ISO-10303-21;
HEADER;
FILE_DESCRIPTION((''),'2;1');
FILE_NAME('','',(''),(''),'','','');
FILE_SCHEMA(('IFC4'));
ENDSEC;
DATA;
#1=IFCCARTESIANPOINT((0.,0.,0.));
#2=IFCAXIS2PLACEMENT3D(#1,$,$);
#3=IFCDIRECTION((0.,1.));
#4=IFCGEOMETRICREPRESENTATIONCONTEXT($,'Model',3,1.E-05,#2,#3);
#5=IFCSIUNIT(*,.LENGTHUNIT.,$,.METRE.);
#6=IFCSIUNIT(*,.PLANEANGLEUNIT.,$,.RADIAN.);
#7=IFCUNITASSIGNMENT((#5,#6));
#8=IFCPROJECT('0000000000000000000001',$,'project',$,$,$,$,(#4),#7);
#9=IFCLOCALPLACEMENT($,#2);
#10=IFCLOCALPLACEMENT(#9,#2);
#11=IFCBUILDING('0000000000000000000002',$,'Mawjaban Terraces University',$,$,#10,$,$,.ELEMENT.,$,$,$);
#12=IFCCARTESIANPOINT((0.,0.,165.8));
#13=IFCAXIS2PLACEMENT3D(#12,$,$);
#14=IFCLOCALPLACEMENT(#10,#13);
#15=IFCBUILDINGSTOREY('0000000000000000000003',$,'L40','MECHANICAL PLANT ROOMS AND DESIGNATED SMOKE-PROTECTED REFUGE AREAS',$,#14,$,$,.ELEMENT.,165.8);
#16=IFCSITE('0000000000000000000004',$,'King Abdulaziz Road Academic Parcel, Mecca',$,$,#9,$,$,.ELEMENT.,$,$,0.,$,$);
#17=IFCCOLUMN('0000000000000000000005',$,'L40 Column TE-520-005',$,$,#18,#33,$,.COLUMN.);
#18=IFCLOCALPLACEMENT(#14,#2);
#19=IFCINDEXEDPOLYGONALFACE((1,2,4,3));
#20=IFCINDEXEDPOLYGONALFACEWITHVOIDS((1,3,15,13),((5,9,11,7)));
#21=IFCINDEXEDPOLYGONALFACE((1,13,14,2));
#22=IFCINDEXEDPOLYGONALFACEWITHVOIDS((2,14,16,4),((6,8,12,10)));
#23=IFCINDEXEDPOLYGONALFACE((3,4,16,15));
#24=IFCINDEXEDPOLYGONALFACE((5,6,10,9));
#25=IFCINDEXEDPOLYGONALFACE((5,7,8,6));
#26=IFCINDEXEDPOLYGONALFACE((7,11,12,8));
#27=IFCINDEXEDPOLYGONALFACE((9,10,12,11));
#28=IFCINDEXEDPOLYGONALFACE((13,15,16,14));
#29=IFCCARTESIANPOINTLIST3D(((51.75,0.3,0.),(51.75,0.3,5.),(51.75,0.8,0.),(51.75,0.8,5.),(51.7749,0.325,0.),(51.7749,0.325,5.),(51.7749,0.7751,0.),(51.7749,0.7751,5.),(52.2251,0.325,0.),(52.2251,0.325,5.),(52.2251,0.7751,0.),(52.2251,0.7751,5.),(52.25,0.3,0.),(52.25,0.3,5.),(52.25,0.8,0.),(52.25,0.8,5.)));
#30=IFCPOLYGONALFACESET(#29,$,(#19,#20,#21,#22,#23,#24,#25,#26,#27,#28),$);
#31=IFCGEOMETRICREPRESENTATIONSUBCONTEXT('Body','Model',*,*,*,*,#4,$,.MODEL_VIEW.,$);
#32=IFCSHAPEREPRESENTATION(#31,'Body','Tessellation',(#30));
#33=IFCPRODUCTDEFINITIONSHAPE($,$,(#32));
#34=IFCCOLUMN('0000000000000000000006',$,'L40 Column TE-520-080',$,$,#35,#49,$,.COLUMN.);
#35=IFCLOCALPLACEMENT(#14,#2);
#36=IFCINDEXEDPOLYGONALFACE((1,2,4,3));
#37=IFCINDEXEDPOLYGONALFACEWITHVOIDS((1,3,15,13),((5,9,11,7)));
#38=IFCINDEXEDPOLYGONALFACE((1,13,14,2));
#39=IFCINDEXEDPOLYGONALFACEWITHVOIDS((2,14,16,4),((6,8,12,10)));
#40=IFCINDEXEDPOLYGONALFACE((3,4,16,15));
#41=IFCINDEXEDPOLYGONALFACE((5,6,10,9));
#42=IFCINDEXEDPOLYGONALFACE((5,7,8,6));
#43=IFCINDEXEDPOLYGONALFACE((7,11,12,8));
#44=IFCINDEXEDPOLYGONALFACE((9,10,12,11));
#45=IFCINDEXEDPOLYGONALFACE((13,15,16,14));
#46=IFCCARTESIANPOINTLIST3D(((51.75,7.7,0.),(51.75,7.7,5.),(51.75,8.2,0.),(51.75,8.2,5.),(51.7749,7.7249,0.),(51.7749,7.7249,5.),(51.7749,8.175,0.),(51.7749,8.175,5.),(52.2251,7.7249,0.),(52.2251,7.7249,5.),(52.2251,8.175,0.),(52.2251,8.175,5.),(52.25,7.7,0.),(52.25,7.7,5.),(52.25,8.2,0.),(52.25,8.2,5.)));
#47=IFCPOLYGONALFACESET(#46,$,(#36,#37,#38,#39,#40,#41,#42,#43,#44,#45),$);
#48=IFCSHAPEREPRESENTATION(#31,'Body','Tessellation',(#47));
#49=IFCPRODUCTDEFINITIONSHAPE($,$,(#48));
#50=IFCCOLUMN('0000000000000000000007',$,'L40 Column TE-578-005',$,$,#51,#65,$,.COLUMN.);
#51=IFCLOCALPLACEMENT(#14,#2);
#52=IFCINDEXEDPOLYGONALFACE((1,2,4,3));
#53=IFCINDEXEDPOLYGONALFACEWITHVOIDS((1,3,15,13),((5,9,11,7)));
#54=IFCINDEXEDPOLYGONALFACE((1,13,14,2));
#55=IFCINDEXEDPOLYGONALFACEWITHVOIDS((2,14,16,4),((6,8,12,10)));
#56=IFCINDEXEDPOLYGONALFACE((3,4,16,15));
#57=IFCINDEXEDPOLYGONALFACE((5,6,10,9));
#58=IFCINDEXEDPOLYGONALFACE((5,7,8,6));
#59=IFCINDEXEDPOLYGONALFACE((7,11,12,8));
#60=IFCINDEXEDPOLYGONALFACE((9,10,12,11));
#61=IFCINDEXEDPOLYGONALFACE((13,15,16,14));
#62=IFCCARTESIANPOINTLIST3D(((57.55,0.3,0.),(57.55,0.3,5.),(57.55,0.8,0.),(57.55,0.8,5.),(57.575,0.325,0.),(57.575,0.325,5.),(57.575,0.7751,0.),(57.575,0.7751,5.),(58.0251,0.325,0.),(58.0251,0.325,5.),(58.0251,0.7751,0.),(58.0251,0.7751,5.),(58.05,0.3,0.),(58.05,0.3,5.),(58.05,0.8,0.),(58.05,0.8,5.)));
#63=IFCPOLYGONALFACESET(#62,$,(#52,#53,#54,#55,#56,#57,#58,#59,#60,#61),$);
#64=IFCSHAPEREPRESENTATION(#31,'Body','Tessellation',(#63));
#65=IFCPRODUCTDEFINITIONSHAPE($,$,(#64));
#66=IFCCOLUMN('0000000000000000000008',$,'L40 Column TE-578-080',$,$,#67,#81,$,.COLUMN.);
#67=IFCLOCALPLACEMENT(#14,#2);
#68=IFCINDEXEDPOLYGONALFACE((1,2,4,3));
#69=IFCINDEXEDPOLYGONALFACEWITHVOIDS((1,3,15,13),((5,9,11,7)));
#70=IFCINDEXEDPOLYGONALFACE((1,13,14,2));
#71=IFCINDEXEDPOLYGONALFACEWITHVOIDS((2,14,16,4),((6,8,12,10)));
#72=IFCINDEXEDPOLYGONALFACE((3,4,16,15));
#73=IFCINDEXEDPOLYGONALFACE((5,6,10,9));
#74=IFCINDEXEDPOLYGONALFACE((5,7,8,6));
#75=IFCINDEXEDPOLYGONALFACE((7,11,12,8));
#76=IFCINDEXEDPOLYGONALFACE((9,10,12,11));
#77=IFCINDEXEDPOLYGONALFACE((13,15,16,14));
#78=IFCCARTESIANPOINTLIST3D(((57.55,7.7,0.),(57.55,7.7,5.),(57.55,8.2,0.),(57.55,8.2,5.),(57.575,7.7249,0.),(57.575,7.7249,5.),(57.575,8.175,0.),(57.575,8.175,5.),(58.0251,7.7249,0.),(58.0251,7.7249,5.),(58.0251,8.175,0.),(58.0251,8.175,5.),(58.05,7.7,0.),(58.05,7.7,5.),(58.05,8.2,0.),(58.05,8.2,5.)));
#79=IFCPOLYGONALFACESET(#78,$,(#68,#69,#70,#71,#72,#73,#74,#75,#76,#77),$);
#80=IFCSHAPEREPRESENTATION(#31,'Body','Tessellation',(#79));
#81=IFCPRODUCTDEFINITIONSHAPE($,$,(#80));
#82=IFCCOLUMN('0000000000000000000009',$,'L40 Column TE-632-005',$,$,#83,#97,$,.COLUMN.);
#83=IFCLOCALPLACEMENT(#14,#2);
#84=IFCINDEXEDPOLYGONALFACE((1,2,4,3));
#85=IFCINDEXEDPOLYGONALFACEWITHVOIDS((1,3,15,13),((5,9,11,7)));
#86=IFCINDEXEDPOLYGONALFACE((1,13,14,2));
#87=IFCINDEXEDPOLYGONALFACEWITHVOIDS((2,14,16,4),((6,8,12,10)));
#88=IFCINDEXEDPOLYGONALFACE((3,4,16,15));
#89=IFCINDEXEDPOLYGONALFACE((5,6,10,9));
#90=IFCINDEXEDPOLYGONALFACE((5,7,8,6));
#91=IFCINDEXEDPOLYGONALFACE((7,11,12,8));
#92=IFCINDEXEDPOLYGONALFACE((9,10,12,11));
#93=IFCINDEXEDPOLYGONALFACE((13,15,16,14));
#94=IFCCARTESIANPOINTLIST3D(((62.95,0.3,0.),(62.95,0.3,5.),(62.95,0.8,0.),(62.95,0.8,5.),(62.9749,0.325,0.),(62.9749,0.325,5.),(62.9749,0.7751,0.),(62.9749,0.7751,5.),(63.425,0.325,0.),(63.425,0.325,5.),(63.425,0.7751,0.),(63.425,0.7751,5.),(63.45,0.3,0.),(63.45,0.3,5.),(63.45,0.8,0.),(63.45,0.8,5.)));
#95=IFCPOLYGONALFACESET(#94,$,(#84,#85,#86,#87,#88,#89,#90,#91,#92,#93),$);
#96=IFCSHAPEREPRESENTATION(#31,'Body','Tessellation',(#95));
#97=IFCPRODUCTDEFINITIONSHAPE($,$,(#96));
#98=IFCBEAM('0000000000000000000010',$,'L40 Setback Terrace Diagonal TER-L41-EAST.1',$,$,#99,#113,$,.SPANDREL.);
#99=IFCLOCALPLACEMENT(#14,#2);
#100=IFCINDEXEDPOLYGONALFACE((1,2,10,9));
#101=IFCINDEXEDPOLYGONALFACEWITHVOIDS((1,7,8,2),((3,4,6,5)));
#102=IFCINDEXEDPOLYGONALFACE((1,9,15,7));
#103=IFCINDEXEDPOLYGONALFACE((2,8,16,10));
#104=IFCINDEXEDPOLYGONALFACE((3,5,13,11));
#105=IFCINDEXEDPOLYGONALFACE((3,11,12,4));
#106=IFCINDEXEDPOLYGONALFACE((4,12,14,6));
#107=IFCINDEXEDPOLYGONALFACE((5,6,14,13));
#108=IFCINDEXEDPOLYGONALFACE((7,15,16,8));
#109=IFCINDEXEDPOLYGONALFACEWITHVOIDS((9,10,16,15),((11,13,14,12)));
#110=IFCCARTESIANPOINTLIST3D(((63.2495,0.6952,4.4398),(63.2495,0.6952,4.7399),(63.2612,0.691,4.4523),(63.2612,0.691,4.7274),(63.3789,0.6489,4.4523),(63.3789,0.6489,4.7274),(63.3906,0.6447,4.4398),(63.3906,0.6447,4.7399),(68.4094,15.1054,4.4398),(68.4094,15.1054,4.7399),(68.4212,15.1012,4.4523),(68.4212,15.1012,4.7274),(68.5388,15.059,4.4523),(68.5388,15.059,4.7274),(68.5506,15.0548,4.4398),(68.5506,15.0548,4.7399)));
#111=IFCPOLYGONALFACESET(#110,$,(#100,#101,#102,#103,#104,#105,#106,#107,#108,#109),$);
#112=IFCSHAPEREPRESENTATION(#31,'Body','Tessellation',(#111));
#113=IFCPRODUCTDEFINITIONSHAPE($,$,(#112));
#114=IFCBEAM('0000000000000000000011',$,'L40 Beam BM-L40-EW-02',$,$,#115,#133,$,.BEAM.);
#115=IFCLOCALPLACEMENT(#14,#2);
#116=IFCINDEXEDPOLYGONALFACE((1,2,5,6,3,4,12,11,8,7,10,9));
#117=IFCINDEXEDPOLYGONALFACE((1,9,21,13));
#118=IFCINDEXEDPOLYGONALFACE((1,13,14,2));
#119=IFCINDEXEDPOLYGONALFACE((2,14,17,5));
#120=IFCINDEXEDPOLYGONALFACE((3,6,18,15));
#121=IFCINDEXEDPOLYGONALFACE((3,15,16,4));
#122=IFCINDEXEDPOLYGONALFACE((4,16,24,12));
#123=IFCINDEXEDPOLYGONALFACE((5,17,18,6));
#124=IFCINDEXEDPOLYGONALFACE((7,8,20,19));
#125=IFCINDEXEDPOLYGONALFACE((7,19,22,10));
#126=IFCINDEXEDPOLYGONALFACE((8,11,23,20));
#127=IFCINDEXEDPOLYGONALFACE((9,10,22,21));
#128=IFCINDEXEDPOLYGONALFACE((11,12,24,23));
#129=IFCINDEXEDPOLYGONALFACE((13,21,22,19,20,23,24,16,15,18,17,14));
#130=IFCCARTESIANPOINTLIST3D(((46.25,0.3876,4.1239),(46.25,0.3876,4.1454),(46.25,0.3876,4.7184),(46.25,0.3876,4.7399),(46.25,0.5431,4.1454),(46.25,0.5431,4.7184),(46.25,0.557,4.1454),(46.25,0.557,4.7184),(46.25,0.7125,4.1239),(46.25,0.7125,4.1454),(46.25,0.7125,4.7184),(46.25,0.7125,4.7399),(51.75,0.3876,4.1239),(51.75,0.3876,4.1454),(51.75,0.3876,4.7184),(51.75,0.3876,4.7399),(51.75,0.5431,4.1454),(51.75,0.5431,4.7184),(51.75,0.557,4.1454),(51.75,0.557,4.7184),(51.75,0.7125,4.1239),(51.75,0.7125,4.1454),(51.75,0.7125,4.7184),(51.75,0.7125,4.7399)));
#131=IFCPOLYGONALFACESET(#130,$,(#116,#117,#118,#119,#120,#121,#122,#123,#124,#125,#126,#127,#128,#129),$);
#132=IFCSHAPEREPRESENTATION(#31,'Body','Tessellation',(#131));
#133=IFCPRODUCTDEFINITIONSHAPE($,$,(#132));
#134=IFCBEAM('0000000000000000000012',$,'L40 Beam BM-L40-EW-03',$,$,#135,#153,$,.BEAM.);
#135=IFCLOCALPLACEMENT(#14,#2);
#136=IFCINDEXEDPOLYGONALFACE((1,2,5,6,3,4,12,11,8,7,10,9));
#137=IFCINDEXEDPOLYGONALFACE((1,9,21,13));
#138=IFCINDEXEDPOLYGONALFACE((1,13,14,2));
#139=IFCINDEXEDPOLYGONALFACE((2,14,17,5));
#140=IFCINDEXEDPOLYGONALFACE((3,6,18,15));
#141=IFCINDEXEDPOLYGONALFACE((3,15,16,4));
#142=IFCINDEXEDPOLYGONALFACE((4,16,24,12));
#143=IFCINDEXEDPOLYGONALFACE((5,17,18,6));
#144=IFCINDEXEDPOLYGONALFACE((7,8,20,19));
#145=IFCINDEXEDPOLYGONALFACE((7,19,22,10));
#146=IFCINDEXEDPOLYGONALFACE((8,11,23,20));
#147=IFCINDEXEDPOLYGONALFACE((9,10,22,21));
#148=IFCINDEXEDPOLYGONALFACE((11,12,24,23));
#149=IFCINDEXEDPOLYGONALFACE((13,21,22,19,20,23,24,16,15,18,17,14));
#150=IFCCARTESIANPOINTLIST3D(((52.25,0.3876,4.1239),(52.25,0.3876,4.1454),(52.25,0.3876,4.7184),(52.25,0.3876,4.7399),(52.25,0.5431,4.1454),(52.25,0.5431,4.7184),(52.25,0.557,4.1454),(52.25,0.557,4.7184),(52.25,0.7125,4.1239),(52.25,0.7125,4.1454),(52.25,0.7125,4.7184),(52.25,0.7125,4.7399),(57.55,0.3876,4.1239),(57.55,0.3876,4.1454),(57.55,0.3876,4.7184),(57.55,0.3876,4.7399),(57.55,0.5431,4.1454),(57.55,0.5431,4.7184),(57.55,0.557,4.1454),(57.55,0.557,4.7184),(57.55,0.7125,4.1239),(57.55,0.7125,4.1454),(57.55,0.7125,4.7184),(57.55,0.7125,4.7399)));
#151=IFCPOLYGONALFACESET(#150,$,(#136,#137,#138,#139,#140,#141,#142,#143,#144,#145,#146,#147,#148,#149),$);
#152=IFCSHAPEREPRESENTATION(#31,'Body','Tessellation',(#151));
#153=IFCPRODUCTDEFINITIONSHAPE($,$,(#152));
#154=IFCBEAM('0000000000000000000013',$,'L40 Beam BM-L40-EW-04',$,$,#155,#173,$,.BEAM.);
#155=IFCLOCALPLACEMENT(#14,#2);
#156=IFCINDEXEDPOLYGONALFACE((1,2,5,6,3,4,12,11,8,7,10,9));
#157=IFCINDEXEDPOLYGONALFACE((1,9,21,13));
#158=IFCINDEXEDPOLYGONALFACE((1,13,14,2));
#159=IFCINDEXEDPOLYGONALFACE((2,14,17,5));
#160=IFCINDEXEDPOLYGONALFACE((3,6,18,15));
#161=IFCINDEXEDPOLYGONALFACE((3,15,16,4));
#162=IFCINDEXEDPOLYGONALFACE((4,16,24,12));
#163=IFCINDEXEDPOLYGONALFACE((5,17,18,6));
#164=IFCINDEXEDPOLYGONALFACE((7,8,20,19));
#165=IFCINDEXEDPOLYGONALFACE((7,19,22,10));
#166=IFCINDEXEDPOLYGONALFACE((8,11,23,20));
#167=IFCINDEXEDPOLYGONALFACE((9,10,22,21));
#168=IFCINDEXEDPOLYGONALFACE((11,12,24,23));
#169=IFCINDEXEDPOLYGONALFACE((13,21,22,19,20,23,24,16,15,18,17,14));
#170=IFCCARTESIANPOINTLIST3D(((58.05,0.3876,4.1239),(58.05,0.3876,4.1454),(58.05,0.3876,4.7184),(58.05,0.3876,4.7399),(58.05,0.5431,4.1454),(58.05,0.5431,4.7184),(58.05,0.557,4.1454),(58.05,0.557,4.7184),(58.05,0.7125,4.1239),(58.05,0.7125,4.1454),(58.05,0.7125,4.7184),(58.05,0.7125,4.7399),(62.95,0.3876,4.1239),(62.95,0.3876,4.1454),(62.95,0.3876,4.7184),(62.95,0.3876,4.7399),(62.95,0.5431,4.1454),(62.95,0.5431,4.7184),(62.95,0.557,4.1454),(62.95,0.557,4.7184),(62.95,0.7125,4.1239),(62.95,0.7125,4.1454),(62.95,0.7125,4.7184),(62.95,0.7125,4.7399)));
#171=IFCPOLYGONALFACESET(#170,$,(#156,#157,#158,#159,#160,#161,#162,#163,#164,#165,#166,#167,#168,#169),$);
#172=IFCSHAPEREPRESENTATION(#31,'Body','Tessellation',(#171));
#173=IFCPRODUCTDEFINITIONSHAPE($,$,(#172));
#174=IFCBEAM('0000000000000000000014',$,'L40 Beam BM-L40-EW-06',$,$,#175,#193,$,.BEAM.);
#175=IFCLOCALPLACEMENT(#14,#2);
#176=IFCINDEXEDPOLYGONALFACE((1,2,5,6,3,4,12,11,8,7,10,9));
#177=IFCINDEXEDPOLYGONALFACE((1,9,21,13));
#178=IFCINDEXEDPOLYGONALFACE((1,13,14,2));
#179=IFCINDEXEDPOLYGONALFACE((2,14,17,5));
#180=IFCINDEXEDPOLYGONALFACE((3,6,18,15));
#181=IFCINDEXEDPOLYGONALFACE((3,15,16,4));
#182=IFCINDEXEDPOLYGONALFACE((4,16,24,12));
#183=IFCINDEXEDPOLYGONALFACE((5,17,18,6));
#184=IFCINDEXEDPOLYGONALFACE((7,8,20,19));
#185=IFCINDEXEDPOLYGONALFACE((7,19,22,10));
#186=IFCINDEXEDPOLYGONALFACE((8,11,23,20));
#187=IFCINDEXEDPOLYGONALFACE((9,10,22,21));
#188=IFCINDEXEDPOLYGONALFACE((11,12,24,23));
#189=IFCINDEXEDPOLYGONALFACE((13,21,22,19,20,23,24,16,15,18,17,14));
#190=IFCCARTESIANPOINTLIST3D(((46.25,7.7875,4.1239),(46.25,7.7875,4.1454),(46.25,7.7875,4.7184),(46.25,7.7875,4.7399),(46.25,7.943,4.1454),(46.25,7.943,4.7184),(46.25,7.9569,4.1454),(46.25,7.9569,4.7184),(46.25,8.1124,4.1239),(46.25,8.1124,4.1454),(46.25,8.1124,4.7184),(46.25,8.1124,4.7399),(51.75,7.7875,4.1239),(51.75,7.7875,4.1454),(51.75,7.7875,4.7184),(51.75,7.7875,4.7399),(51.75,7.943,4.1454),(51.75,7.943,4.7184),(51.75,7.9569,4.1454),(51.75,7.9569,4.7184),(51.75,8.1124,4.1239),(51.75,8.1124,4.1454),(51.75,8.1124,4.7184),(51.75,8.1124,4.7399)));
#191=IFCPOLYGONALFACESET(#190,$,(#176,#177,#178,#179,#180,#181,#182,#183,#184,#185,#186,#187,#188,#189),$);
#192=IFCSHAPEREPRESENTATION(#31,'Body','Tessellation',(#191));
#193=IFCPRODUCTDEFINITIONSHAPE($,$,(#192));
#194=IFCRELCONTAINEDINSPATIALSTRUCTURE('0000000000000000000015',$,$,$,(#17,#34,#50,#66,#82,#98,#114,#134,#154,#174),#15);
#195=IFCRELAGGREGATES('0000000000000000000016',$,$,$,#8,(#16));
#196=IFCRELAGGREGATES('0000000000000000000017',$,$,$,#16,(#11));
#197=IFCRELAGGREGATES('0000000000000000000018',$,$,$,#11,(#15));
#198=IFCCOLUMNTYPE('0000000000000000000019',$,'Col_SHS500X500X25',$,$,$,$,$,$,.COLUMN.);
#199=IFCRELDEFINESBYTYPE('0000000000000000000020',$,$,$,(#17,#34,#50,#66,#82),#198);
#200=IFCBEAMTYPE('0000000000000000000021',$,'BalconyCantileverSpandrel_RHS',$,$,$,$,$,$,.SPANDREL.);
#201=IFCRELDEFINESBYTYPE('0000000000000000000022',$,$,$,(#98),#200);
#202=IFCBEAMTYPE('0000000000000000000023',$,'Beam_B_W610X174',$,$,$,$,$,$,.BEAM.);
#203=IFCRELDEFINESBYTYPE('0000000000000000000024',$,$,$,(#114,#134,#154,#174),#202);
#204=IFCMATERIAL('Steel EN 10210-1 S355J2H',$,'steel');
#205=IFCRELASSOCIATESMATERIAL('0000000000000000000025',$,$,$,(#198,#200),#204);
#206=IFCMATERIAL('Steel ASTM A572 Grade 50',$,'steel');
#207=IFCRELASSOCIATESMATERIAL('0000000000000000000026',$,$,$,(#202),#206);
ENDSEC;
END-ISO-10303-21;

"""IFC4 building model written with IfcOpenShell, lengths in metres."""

from ifc_helpers import new_model, si_unit, direction, frame, origin, origin_2d, place, context, subcontext, project, spatial, hollow_rectangle, i_section, extrude, material, material_profile, profile_set, type_object, element, save


model = new_model("IFC4")

# Units and contexts
model_context = context("Model", 3, precision=1e-05, world=origin(), true_north=direction((0.0, 1.0)))
body_context = subcontext(model_context, "Body", "Model", "MODEL_VIEW")
ifc_project = project(units=[si_unit("LENGTHUNIT", "METRE"), si_unit("PLANEANGLEUNIT", "RADIAN")], contexts=[model_context])

# Site, building, storey
site_placement = place(None, origin())
site = spatial("IfcSite", under=ifc_project, at=site_placement, Name="King Abdulaziz Road Academic Parcel, Mecca", CompositionType="ELEMENT", RefElevation=0.0)
building_placement = place(site_placement, origin())
building = spatial("IfcBuilding", under=site, at=building_placement, Name="Mawjaban Terraces University", CompositionType="ELEMENT")
storey_placement = place(building_placement, frame((0.0, 0.0, 165.8)))
storey = spatial("IfcBuildingStorey", under=building, at=storey_placement, Name="L40", Description="MECHANICAL PLANT ROOMS AND DESIGNATED SMOKE-PROTECTED REFUGE AREAS", CompositionType="ELEMENT", Elevation=165.8)

# Columns
ifc_material_1 = material(Name="Steel EN 10210-1 S355J2H", Category="steel")
ifc_material_profile_1 = material_profile(ifc_material_1, hollow_rectangle(XDim=0.5, YDim=0.5, WallThickness=0.0249, at=origin_2d()), Name="SHS500X500X25")
ifc_profile_set_1 = profile_set([ifc_material_profile_1], Name="Steel EN 10210-1 S355J2H")
column_type = type_object("IfcColumnType", Name="Col_SHS500X500X25", PredefinedType="COLUMN", material=ifc_profile_set_1)
for number, where, z_axis, x_axis, name in (
    (1, (52.0, 0.55, 0.0), (0.0, 0.0, 1.0), (1.0, 0.0, 0.0), "L40 Column TE-520-005"),
    (2, (52.0, 7.95, 0.0), (0.0, 0.0, 1.0), (1.0, 0.0, 0.0), "L40 Column TE-520-080"),
    (3, (57.8, 0.55, 0.0), (0.0, 0.0, 1.0), (1.0, 0.0, 0.0), "L40 Column TE-578-005"),
    (4, (57.8, 7.95, 0.0), (0.0, 0.0, 1.0), (1.0, 0.0, 0.0), "L40 Column TE-578-080"),
    (5, (63.2, 0.55, 0.0), (0.0, 0.0, 1.0), (1.0, 0.0, 0.0), "L40 Column TE-632-005"),
):
    element("IfcColumn", number, at=place(storey_placement, frame(where, z_axis=z_axis, x_axis=x_axis)), inside=storey, type_object=column_type, Name=name, PredefinedType="COLUMN", context=body_context, shape_type="SweptSolid", body=[
        extrude(hollow_rectangle(XDim=0.5, YDim=0.5, WallThickness=0.0249, at=origin_2d()), origin(), (0.0, 0.0, 1.0), 5.0),
    ])

# Beams
ifc_material_profile_2 = material_profile(ifc_material_1, hollow_rectangle(XDim=0.1499, YDim=0.3, WallThickness=0.0125, at=origin_2d()), Name="RHS300X150X12.5")
ifc_profile_set_2 = profile_set([ifc_material_profile_2], Name="Steel EN 10210-1 S355J2H")
beam_type_1 = type_object("IfcBeamType", Name="BalconyCantileverSpandrel_RHS", PredefinedType="SPANDREL", material=ifc_profile_set_2)
beam_1_placement = place(storey_placement, frame((63.3201, 0.6699, 4.5898), z_axis=(0.337114, 0.941464, 0.0), x_axis=(-0.941464, 0.337114, 0.0)))
element("IfcBeam", 6, at=beam_1_placement, inside=storey, type_object=beam_type_1, Name="L40 Setback Terrace Diagonal TER-L41-EAST.1", PredefinedType="SPANDREL", context=body_context, shape_type="SweptSolid", body=[
    extrude(hollow_rectangle(XDim=0.1499, YDim=0.3, WallThickness=0.0125, at=origin_2d()), origin(), (0.0, 0.0, 1.0), 15.3062),
])
ifc_material_2 = material(Name="Steel ASTM A572 Grade 50", Category="steel")
ifc_material_profile_3 = material_profile(ifc_material_2, i_section(OverallWidth=0.325, OverallDepth=0.616, WebThickness=0.0139, FlangeThickness=0.0215, at=origin_2d()), Name="W610X174")
ifc_profile_set_3 = profile_set([ifc_material_profile_3], Name="Steel ASTM A572 Grade 50")
beam_type_2 = type_object("IfcBeamType", Name="Beam_B_W610X174", PredefinedType="BEAM", material=ifc_profile_set_3)
beam_2_placement = place(storey_placement, frame((46.25, 0.55, 4.4319), z_axis=(1.0, 0.0, 0.0), x_axis=(0.0, 1.0, 0.0)))
element("IfcBeam", 7, at=beam_2_placement, inside=storey, type_object=beam_type_2, Name="L40 Beam BM-L40-EW-02", PredefinedType="BEAM", context=body_context, shape_type="SweptSolid", body=[
    extrude(i_section(OverallWidth=0.325, OverallDepth=0.616, WebThickness=0.0139, FlangeThickness=0.0215, at=origin_2d()), origin(), (0.0, 0.0, 1.0), 5.5),
])
beam_3_placement = place(storey_placement, frame((52.25, 0.55, 4.4319), z_axis=(1.0, 0.0, 0.0), x_axis=(0.0, 1.0, 0.0)))
element("IfcBeam", 8, at=beam_3_placement, inside=storey, type_object=beam_type_2, Name="L40 Beam BM-L40-EW-03", PredefinedType="BEAM", context=body_context, shape_type="SweptSolid", body=[
    extrude(i_section(OverallWidth=0.325, OverallDepth=0.616, WebThickness=0.0139, FlangeThickness=0.0215, at=origin_2d()), origin(), (0.0, 0.0, 1.0), 5.3),
])
beam_4_placement = place(storey_placement, frame((58.05, 0.55, 4.4319), z_axis=(1.0, 0.0, 0.0), x_axis=(0.0, 1.0, 0.0)))
element("IfcBeam", 9, at=beam_4_placement, inside=storey, type_object=beam_type_2, Name="L40 Beam BM-L40-EW-04", PredefinedType="BEAM", context=body_context, shape_type="SweptSolid", body=[
    extrude(i_section(OverallWidth=0.325, OverallDepth=0.616, WebThickness=0.0139, FlangeThickness=0.0215, at=origin_2d()), origin(), (0.0, 0.0, 1.0), 4.8999),
])
beam_5_placement = place(storey_placement, frame((46.25, 7.95, 4.4319), z_axis=(1.0, 0.0, 0.0), x_axis=(0.0, 1.0, 0.0)))
element("IfcBeam", 10, at=beam_5_placement, inside=storey, type_object=beam_type_2, Name="L40 Beam BM-L40-EW-06", PredefinedType="BEAM", context=body_context, shape_type="SweptSolid", body=[
    extrude(i_section(OverallWidth=0.325, OverallDepth=0.616, WebThickness=0.0139, FlangeThickness=0.0215, at=origin_2d()), origin(), (0.0, 0.0, 1.0), 5.5),
])

save(model, "model.ifc")
